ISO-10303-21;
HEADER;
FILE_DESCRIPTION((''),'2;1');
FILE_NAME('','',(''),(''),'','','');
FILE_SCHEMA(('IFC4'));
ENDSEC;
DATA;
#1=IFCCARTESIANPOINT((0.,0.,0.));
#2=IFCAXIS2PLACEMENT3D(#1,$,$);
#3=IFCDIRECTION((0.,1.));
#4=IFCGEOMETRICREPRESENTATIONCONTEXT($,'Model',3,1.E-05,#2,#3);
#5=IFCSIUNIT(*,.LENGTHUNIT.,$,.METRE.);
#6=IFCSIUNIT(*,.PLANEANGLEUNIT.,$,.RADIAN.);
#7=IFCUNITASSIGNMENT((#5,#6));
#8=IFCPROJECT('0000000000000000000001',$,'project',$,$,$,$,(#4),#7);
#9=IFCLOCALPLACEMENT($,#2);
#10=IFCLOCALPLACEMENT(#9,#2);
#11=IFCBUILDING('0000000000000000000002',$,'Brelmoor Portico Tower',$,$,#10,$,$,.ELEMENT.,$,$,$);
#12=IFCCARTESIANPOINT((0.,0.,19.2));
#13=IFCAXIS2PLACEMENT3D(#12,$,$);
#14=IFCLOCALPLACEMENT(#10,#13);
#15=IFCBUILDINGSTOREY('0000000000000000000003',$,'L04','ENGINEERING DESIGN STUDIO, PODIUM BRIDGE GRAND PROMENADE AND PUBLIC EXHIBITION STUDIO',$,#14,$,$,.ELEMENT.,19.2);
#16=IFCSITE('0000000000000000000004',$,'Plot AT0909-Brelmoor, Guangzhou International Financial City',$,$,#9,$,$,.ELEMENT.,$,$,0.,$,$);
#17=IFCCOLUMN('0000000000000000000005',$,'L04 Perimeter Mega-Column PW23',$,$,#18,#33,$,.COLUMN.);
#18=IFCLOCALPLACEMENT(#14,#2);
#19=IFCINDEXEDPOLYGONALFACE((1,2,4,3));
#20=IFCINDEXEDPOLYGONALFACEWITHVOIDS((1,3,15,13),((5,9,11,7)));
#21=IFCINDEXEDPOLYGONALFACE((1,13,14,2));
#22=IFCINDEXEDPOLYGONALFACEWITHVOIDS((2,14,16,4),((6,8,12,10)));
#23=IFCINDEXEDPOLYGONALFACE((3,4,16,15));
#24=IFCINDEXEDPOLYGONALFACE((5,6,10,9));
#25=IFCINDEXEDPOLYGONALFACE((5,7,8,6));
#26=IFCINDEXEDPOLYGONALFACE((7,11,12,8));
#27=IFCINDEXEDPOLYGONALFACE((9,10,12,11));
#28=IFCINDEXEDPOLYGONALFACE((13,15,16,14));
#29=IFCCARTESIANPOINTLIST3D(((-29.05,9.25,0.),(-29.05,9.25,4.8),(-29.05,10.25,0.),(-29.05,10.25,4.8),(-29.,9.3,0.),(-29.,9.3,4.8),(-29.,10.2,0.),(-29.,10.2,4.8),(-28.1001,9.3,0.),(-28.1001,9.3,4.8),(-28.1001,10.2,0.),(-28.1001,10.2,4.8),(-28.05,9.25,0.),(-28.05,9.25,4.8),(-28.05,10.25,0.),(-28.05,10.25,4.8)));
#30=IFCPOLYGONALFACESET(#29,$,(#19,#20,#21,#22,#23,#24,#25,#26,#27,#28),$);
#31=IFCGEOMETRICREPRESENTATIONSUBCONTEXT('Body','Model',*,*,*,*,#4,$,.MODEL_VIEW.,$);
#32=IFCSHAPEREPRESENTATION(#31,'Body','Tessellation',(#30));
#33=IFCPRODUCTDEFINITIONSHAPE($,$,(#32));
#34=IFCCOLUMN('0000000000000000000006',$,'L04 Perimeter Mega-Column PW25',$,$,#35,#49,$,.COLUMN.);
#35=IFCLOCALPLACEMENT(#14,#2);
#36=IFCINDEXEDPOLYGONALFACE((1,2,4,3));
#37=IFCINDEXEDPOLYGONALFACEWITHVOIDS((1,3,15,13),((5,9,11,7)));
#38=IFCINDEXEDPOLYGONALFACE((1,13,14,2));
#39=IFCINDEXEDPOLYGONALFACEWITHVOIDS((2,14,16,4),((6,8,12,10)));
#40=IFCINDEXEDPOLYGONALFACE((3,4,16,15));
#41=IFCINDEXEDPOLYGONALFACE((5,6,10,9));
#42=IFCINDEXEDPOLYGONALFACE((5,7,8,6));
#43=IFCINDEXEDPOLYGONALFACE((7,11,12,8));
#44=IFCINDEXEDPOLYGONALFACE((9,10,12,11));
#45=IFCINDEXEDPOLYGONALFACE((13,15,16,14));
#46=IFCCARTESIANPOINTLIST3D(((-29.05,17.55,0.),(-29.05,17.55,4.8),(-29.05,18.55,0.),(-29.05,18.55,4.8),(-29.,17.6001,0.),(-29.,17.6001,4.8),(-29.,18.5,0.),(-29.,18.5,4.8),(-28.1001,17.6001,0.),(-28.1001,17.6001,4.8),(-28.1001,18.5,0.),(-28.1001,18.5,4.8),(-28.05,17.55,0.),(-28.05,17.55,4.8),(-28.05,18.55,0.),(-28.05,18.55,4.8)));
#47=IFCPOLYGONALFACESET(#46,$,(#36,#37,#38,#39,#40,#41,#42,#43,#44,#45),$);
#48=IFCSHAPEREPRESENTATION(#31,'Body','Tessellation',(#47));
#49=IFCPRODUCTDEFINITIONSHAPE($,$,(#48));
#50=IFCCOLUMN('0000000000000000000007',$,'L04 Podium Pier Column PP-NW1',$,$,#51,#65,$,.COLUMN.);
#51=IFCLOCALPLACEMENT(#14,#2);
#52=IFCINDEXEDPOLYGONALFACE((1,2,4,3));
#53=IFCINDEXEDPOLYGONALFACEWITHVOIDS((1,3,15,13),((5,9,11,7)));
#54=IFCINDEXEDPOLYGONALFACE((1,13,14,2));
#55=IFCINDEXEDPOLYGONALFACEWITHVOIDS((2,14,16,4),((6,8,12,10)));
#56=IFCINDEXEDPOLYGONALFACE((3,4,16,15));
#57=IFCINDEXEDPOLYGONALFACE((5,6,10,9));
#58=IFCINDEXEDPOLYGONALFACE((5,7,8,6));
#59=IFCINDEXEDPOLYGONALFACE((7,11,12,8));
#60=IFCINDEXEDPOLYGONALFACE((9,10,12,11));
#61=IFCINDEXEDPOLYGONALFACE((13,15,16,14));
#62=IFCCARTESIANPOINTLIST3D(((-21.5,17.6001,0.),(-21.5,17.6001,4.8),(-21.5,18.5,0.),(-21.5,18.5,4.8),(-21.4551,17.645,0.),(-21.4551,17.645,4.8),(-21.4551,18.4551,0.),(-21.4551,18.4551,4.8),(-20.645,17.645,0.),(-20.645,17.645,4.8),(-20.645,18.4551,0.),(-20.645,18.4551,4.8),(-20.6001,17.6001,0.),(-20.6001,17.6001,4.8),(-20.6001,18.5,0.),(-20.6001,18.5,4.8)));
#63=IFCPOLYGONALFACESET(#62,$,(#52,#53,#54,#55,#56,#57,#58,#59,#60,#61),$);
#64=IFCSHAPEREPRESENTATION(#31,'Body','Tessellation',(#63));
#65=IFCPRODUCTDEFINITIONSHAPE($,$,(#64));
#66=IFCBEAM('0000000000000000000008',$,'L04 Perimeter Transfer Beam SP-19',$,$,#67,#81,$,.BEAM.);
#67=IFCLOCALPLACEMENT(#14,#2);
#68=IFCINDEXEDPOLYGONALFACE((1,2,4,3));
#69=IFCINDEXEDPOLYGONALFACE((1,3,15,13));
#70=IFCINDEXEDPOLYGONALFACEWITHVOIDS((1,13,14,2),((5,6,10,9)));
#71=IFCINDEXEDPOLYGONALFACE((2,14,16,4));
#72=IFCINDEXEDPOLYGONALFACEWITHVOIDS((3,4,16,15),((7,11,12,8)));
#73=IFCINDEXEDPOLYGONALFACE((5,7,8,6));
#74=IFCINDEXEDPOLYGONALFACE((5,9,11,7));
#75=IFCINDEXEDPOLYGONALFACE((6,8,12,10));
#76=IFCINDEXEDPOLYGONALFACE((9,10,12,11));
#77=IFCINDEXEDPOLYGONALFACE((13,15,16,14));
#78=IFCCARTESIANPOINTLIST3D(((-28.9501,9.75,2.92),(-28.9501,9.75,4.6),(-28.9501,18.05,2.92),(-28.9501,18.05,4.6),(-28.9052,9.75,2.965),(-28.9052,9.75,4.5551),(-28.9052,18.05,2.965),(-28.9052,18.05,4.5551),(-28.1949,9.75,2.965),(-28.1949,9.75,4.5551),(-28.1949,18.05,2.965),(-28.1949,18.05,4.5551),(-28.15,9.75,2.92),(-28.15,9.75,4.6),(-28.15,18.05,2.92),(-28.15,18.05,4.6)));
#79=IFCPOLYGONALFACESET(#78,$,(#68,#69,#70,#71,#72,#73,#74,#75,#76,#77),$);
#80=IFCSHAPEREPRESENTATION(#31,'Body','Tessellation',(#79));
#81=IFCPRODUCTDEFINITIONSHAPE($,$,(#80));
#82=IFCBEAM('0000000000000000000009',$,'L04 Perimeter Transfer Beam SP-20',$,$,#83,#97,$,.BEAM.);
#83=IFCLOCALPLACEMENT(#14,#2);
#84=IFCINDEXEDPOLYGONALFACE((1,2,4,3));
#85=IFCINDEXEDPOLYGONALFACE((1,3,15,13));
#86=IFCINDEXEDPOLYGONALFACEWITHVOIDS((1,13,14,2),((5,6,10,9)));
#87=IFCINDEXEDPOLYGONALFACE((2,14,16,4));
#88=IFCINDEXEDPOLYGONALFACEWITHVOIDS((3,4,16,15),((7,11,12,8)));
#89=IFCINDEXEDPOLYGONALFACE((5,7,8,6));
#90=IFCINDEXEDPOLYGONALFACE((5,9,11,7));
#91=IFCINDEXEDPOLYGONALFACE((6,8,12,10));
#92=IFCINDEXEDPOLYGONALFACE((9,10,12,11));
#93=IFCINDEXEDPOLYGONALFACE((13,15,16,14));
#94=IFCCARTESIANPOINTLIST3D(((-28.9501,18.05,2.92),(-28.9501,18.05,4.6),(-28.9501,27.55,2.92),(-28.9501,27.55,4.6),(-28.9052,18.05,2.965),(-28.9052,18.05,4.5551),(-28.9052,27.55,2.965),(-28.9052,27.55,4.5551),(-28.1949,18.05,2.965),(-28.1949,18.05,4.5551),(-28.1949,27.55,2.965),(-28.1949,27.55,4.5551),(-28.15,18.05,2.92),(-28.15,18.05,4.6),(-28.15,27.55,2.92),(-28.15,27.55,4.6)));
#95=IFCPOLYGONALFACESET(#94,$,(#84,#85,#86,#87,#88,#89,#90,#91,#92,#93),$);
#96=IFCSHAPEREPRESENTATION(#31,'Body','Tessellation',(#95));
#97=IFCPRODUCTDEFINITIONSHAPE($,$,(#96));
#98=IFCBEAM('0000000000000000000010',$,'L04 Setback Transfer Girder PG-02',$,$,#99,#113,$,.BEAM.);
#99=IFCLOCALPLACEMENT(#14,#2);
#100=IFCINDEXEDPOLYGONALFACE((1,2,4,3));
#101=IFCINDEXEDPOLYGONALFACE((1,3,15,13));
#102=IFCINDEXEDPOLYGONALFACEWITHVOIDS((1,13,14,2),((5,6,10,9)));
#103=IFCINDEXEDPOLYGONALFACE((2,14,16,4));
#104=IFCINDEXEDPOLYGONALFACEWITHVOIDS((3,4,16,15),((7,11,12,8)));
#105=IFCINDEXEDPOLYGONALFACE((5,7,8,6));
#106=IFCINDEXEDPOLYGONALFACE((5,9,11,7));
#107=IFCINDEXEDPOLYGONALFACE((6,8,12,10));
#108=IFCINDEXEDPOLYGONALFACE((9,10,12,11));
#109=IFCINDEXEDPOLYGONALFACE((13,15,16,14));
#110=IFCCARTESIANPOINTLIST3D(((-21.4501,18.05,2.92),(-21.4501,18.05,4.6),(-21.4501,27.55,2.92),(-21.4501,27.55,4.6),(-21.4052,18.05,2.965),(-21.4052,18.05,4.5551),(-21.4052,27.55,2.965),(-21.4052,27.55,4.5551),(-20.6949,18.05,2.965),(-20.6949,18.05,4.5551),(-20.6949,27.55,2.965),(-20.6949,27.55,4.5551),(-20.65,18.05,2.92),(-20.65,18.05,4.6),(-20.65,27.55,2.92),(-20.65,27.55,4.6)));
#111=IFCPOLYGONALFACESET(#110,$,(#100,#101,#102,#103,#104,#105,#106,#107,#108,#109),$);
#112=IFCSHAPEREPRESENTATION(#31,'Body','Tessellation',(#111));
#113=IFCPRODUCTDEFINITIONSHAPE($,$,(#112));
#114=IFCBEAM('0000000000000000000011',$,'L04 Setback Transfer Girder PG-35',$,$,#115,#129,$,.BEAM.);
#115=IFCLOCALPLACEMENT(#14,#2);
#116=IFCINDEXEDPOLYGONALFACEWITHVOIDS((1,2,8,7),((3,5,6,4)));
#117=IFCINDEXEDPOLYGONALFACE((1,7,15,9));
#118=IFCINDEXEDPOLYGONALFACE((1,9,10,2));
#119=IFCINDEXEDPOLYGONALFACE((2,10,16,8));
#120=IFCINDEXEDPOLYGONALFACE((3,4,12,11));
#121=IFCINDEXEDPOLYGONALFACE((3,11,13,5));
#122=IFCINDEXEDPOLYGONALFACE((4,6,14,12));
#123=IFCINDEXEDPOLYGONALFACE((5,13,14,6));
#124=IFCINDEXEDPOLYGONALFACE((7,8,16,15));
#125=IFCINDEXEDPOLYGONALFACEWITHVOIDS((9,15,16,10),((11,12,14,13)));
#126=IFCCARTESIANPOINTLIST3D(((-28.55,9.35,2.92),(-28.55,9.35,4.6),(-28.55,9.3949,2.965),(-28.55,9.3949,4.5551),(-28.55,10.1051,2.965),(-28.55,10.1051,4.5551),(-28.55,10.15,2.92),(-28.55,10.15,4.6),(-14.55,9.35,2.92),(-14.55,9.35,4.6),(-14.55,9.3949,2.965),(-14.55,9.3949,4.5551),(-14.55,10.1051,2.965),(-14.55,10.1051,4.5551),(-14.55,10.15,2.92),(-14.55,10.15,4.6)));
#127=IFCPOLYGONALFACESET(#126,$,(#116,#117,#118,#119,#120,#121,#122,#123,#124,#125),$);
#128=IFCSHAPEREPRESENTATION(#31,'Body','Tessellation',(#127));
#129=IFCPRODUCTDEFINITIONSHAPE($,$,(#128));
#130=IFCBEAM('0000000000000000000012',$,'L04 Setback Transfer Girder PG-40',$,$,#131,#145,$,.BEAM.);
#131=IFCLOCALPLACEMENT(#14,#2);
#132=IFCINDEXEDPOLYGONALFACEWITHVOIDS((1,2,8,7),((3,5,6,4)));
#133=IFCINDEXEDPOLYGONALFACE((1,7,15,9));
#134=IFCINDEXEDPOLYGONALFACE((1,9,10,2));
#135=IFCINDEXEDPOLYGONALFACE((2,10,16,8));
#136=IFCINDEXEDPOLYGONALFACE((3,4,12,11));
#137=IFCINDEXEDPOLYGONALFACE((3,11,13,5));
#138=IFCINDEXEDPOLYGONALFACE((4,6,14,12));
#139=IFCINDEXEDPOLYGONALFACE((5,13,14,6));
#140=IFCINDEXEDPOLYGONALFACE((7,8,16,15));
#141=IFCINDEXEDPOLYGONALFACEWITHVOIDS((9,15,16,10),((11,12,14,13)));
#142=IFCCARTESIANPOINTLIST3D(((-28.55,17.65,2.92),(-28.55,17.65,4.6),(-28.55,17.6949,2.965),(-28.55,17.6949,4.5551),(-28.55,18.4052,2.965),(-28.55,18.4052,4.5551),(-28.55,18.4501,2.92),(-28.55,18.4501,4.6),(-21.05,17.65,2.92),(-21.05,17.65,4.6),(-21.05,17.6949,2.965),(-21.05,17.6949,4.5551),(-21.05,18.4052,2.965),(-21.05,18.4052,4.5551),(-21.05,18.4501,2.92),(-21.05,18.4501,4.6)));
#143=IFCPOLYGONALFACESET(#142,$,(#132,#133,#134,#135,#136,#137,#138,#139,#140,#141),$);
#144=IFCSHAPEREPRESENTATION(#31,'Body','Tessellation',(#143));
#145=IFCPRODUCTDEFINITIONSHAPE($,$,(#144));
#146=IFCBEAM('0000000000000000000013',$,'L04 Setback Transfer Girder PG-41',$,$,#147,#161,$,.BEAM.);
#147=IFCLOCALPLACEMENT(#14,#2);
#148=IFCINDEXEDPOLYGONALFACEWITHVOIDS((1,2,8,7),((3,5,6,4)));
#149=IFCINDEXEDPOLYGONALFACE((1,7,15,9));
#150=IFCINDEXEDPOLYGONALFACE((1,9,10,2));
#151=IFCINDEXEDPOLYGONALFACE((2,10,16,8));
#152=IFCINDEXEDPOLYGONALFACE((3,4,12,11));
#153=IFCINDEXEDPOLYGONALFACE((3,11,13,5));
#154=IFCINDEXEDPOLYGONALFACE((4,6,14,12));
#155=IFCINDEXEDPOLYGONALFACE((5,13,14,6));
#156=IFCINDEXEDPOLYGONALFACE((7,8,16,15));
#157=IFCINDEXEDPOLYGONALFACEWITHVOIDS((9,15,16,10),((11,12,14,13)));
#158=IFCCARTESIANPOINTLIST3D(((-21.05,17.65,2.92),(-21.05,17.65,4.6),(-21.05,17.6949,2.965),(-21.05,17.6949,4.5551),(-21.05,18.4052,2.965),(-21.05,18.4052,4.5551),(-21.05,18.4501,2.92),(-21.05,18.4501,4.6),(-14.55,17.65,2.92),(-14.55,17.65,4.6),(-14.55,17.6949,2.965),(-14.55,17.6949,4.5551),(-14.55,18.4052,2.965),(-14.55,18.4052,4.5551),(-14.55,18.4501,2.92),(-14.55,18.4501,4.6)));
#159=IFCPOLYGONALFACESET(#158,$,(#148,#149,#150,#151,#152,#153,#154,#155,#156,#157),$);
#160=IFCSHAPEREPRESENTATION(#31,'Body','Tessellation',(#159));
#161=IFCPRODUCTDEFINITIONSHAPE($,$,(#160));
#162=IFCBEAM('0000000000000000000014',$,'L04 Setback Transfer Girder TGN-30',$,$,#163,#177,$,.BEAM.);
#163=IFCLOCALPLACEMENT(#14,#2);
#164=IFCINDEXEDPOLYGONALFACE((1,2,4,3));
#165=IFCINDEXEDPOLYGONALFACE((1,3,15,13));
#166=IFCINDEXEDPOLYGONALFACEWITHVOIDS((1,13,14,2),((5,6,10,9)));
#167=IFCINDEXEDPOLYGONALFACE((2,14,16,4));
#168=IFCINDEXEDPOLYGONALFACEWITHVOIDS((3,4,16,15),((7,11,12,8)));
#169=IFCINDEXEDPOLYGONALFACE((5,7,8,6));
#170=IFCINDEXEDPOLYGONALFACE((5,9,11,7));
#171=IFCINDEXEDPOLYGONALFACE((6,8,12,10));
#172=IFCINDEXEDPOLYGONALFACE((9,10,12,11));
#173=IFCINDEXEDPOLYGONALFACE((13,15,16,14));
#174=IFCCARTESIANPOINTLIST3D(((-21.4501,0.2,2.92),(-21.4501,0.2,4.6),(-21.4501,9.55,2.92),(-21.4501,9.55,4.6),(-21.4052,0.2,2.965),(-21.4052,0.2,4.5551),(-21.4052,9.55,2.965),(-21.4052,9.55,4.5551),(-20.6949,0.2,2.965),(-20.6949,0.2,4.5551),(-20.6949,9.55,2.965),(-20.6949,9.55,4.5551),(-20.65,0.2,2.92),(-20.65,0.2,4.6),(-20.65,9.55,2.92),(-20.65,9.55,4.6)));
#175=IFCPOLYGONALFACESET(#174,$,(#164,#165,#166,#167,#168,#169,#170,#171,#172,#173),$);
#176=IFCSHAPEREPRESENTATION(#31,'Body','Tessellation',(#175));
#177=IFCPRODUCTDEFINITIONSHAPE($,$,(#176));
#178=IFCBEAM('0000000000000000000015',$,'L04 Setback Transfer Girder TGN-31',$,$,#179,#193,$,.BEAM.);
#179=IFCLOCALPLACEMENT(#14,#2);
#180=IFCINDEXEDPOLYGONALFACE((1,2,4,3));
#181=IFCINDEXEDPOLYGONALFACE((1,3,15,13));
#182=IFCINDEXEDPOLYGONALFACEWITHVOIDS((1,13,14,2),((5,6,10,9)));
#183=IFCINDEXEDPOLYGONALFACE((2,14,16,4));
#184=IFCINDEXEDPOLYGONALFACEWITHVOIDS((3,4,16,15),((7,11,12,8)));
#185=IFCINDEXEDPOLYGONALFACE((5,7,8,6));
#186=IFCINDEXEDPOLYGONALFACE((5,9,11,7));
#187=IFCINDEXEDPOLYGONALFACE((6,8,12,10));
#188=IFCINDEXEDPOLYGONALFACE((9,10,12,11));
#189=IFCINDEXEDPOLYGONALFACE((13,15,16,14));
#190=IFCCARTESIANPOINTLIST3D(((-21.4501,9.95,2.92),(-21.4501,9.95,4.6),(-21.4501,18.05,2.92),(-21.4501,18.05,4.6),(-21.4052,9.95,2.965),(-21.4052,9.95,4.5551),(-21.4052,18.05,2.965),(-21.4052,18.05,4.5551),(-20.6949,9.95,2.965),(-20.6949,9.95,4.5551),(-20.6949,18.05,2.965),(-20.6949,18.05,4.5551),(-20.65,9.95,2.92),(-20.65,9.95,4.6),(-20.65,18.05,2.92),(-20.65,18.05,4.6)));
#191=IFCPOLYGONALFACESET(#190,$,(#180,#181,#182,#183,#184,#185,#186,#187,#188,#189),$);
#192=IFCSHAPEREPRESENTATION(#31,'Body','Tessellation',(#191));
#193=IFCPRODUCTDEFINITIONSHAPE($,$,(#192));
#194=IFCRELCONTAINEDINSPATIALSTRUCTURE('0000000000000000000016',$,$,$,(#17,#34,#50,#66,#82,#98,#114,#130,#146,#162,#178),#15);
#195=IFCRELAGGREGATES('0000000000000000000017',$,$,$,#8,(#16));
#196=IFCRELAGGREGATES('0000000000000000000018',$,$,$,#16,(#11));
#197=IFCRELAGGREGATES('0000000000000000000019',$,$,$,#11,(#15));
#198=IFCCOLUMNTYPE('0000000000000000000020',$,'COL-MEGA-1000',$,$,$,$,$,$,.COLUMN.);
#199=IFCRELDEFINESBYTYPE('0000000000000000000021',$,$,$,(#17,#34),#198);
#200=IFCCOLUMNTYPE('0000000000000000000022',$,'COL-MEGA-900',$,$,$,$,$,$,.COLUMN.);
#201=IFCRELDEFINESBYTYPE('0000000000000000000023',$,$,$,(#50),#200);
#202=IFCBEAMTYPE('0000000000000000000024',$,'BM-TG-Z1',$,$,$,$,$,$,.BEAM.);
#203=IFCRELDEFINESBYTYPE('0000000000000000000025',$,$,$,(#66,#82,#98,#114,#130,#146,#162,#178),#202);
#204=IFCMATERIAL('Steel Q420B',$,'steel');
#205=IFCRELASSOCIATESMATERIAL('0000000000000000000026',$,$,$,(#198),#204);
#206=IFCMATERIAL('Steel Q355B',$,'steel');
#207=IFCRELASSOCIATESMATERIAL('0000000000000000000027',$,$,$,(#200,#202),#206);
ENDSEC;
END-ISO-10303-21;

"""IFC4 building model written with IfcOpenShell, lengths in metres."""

from ifc_helpers import new_model, si_unit, direction, frame, origin, origin_2d, place, context, subcontext, project, spatial, hollow_rectangle, extrude, material, material_profile, profile_set, type_object, element, save


model = new_model("IFC4")

# Units and contexts
model_context = context("Model", 3, precision=1e-05, world=origin(), true_north=direction((0.0, 1.0)))
body_context = subcontext(model_context, "Body", "Model", "MODEL_VIEW")
ifc_project = project(units=[si_unit("LENGTHUNIT", "METRE"), si_unit("PLANEANGLEUNIT", "RADIAN")], contexts=[model_context])

# Site, building, storey
site_placement = place(None, origin())
site = spatial("IfcSite", under=ifc_project, at=site_placement, Name="Plot AT0909-Brelmoor, Guangzhou International Financial City", CompositionType="ELEMENT", RefElevation=0.0)
building_placement = place(site_placement, origin())
building = spatial("IfcBuilding", under=site, at=building_placement, Name="Brelmoor Portico Tower", CompositionType="ELEMENT")
storey_placement = place(building_placement, frame((0.0, 0.0, 19.2)))
storey = spatial("IfcBuildingStorey", under=building, at=storey_placement, Name="L04", Description="ENGINEERING DESIGN STUDIO, PODIUM BRIDGE GRAND PROMENADE AND PUBLIC EXHIBITION STUDIO", CompositionType="ELEMENT", Elevation=19.2)

# Columns
ifc_material_1 = material(Name="Steel Q420B", Category="steel")
ifc_material_profile_1 = material_profile(ifc_material_1, hollow_rectangle(XDim=1.0, YDim=1.0, WallThickness=0.05, at=origin_2d()), Name="BOX 1000x1000x50")
ifc_profile_set_1 = profile_set([ifc_material_profile_1], Name="Steel Q420B")
column_type_1 = type_object("IfcColumnType", Name="COL-MEGA-1000", PredefinedType="COLUMN", material=ifc_profile_set_1)
for number, where, z_axis, x_axis, name in (
    (1, (-28.55, 9.75, 0.0), (0.0, 0.0, 1.0), (0.0, 1.0, 0.0), "L04 Perimeter Mega-Column PW23"),
    (2, (-28.55, 18.05, 0.0), (0.0, 0.0, 1.0), (0.0, 1.0, 0.0), "L04 Perimeter Mega-Column PW25"),
):
    element("IfcColumn", number, at=place(storey_placement, frame(where, z_axis=z_axis, x_axis=x_axis)), inside=storey, type_object=column_type_1, Name=name, PredefinedType="COLUMN", context=body_context, shape_type="SweptSolid", body=[
        extrude(hollow_rectangle(XDim=1.0, YDim=1.0, WallThickness=0.05, at=origin_2d()), origin(), (0.0, 0.0, 1.0), 4.8),
    ])
ifc_material_2 = material(Name="Steel Q355B", Category="steel")
ifc_material_profile_2 = material_profile(ifc_material_2, hollow_rectangle(XDim=0.8999, YDim=0.8999, WallThickness=0.0449, at=origin_2d()), Name="BOX 900x900x45")
ifc_profile_set_2 = profile_set([ifc_material_profile_2], Name="Steel Q355B")
column_type_2 = type_object("IfcColumnType", Name="COL-MEGA-900", PredefinedType="COLUMN", material=ifc_profile_set_2)
column_placement = place(storey_placement, frame((-21.05, 18.05, 0.0), z_axis=(0.0, 0.0, 1.0), x_axis=(1.0, 0.0, 0.0)))
element("IfcColumn", 3, at=column_placement, inside=storey, type_object=column_type_2, Name="L04 Podium Pier Column PP-NW1", PredefinedType="COLUMN", context=body_context, shape_type="SweptSolid", body=[
    extrude(hollow_rectangle(XDim=0.8999, YDim=0.8999, WallThickness=0.0449, at=origin_2d()), origin(), (0.0, 0.0, 1.0), 4.8),
])

# Beams
ifc_material_profile_3 = material_profile(ifc_material_2, hollow_rectangle(XDim=0.8, YDim=1.6799, WallThickness=0.0449, at=origin_2d()), Name="BOX 800x1680x45")
ifc_profile_set_3 = profile_set([ifc_material_profile_3], Name="Steel Q355B")
beam_type = type_object("IfcBeamType", Name="BM-TG-Z1", PredefinedType="BEAM", material=ifc_profile_set_3)
beam_1_placement = place(storey_placement, frame((-28.55, 9.75, 3.76), z_axis=(0.0, 1.0, 0.0), x_axis=(-1.0, 0.0, 0.0)))
element("IfcBeam", 4, at=beam_1_placement, inside=storey, type_object=beam_type, Name="L04 Perimeter Transfer Beam SP-19", PredefinedType="BEAM", context=body_context, shape_type="SweptSolid", body=[
    extrude(hollow_rectangle(XDim=0.8, YDim=1.6799, WallThickness=0.0449, at=origin_2d()), origin(), (0.0, 0.0, 1.0), 8.3),
])
for number, where, z_axis, x_axis, name in (
    (5, (-28.55, 18.05, 3.76), (0.0, 1.0, 0.0), (-1.0, 0.0, 0.0), "L04 Perimeter Transfer Beam SP-20"),
    (6, (-21.05, 18.05, 3.76), (0.0, 1.0, 0.0), (-1.0, 0.0, 0.0), "L04 Setback Transfer Girder PG-02"),
):
    element("IfcBeam", number, at=place(storey_placement, frame(where, z_axis=z_axis, x_axis=x_axis)), inside=storey, type_object=beam_type, Name=name, PredefinedType="BEAM", context=body_context, shape_type="SweptSolid", body=[
        extrude(hollow_rectangle(XDim=0.8, YDim=1.6799, WallThickness=0.0449, at=origin_2d()), origin(), (0.0, 0.0, 1.0), 9.5),
    ])
beam_2_placement = place(storey_placement, frame((-28.55, 9.75, 3.76), z_axis=(1.0, 0.0, 0.0), x_axis=(0.0, 1.0, 0.0)))
element("IfcBeam", 7, at=beam_2_placement, inside=storey, type_object=beam_type, Name="L04 Setback Transfer Girder PG-35", PredefinedType="BEAM", context=body_context, shape_type="SweptSolid", body=[
    extrude(hollow_rectangle(XDim=0.8, YDim=1.6799, WallThickness=0.0449, at=origin_2d()), origin(), (0.0, 0.0, 1.0), 14.0),
])
beam_3_placement = place(storey_placement, frame((-28.55, 18.05, 3.76), z_axis=(1.0, 0.0, 0.0), x_axis=(0.0, 1.0, 0.0)))
element("IfcBeam", 8, at=beam_3_placement, inside=storey, type_object=beam_type, Name="L04 Setback Transfer Girder PG-40", PredefinedType="BEAM", context=body_context, shape_type="SweptSolid", body=[
    extrude(hollow_rectangle(XDim=0.8, YDim=1.6799, WallThickness=0.0449, at=origin_2d()), origin(), (0.0, 0.0, 1.0), 7.5),
])
beam_4_placement = place(storey_placement, frame((-21.05, 18.05, 3.76), z_axis=(1.0, 0.0, 0.0), x_axis=(0.0, 1.0, 0.0)))
element("IfcBeam", 9, at=beam_4_placement, inside=storey, type_object=beam_type, Name="L04 Setback Transfer Girder PG-41", PredefinedType="BEAM", context=body_context, shape_type="SweptSolid", body=[
    extrude(hollow_rectangle(XDim=0.8, YDim=1.6799, WallThickness=0.0449, at=origin_2d()), origin(), (0.0, 0.0, 1.0), 6.5),
])
beam_5_placement = place(storey_placement, frame((-21.05, 0.2, 3.76), z_axis=(0.0, 1.0, 0.0), x_axis=(-1.0, 0.0, 0.0)))
element("IfcBeam", 10, at=beam_5_placement, inside=storey, type_object=beam_type, Name="L04 Setback Transfer Girder TGN-30", PredefinedType="BEAM", context=body_context, shape_type="SweptSolid", body=[
    extrude(hollow_rectangle(XDim=0.8, YDim=1.6799, WallThickness=0.0449, at=origin_2d()), origin(), (0.0, 0.0, 1.0), 9.3501),
])
beam_6_placement = place(storey_placement, frame((-21.05, 9.95, 3.76), z_axis=(0.0, 1.0, 0.0), x_axis=(-1.0, 0.0, 0.0)))
element("IfcBeam", 11, at=beam_6_placement, inside=storey, type_object=beam_type, Name="L04 Setback Transfer Girder TGN-31", PredefinedType="BEAM", context=body_context, shape_type="SweptSolid", body=[
    extrude(hollow_rectangle(XDim=0.8, YDim=1.6799, WallThickness=0.0449, at=origin_2d()), origin(), (0.0, 0.0, 1.0), 8.1001),
])

save(model, "model.ifc")
